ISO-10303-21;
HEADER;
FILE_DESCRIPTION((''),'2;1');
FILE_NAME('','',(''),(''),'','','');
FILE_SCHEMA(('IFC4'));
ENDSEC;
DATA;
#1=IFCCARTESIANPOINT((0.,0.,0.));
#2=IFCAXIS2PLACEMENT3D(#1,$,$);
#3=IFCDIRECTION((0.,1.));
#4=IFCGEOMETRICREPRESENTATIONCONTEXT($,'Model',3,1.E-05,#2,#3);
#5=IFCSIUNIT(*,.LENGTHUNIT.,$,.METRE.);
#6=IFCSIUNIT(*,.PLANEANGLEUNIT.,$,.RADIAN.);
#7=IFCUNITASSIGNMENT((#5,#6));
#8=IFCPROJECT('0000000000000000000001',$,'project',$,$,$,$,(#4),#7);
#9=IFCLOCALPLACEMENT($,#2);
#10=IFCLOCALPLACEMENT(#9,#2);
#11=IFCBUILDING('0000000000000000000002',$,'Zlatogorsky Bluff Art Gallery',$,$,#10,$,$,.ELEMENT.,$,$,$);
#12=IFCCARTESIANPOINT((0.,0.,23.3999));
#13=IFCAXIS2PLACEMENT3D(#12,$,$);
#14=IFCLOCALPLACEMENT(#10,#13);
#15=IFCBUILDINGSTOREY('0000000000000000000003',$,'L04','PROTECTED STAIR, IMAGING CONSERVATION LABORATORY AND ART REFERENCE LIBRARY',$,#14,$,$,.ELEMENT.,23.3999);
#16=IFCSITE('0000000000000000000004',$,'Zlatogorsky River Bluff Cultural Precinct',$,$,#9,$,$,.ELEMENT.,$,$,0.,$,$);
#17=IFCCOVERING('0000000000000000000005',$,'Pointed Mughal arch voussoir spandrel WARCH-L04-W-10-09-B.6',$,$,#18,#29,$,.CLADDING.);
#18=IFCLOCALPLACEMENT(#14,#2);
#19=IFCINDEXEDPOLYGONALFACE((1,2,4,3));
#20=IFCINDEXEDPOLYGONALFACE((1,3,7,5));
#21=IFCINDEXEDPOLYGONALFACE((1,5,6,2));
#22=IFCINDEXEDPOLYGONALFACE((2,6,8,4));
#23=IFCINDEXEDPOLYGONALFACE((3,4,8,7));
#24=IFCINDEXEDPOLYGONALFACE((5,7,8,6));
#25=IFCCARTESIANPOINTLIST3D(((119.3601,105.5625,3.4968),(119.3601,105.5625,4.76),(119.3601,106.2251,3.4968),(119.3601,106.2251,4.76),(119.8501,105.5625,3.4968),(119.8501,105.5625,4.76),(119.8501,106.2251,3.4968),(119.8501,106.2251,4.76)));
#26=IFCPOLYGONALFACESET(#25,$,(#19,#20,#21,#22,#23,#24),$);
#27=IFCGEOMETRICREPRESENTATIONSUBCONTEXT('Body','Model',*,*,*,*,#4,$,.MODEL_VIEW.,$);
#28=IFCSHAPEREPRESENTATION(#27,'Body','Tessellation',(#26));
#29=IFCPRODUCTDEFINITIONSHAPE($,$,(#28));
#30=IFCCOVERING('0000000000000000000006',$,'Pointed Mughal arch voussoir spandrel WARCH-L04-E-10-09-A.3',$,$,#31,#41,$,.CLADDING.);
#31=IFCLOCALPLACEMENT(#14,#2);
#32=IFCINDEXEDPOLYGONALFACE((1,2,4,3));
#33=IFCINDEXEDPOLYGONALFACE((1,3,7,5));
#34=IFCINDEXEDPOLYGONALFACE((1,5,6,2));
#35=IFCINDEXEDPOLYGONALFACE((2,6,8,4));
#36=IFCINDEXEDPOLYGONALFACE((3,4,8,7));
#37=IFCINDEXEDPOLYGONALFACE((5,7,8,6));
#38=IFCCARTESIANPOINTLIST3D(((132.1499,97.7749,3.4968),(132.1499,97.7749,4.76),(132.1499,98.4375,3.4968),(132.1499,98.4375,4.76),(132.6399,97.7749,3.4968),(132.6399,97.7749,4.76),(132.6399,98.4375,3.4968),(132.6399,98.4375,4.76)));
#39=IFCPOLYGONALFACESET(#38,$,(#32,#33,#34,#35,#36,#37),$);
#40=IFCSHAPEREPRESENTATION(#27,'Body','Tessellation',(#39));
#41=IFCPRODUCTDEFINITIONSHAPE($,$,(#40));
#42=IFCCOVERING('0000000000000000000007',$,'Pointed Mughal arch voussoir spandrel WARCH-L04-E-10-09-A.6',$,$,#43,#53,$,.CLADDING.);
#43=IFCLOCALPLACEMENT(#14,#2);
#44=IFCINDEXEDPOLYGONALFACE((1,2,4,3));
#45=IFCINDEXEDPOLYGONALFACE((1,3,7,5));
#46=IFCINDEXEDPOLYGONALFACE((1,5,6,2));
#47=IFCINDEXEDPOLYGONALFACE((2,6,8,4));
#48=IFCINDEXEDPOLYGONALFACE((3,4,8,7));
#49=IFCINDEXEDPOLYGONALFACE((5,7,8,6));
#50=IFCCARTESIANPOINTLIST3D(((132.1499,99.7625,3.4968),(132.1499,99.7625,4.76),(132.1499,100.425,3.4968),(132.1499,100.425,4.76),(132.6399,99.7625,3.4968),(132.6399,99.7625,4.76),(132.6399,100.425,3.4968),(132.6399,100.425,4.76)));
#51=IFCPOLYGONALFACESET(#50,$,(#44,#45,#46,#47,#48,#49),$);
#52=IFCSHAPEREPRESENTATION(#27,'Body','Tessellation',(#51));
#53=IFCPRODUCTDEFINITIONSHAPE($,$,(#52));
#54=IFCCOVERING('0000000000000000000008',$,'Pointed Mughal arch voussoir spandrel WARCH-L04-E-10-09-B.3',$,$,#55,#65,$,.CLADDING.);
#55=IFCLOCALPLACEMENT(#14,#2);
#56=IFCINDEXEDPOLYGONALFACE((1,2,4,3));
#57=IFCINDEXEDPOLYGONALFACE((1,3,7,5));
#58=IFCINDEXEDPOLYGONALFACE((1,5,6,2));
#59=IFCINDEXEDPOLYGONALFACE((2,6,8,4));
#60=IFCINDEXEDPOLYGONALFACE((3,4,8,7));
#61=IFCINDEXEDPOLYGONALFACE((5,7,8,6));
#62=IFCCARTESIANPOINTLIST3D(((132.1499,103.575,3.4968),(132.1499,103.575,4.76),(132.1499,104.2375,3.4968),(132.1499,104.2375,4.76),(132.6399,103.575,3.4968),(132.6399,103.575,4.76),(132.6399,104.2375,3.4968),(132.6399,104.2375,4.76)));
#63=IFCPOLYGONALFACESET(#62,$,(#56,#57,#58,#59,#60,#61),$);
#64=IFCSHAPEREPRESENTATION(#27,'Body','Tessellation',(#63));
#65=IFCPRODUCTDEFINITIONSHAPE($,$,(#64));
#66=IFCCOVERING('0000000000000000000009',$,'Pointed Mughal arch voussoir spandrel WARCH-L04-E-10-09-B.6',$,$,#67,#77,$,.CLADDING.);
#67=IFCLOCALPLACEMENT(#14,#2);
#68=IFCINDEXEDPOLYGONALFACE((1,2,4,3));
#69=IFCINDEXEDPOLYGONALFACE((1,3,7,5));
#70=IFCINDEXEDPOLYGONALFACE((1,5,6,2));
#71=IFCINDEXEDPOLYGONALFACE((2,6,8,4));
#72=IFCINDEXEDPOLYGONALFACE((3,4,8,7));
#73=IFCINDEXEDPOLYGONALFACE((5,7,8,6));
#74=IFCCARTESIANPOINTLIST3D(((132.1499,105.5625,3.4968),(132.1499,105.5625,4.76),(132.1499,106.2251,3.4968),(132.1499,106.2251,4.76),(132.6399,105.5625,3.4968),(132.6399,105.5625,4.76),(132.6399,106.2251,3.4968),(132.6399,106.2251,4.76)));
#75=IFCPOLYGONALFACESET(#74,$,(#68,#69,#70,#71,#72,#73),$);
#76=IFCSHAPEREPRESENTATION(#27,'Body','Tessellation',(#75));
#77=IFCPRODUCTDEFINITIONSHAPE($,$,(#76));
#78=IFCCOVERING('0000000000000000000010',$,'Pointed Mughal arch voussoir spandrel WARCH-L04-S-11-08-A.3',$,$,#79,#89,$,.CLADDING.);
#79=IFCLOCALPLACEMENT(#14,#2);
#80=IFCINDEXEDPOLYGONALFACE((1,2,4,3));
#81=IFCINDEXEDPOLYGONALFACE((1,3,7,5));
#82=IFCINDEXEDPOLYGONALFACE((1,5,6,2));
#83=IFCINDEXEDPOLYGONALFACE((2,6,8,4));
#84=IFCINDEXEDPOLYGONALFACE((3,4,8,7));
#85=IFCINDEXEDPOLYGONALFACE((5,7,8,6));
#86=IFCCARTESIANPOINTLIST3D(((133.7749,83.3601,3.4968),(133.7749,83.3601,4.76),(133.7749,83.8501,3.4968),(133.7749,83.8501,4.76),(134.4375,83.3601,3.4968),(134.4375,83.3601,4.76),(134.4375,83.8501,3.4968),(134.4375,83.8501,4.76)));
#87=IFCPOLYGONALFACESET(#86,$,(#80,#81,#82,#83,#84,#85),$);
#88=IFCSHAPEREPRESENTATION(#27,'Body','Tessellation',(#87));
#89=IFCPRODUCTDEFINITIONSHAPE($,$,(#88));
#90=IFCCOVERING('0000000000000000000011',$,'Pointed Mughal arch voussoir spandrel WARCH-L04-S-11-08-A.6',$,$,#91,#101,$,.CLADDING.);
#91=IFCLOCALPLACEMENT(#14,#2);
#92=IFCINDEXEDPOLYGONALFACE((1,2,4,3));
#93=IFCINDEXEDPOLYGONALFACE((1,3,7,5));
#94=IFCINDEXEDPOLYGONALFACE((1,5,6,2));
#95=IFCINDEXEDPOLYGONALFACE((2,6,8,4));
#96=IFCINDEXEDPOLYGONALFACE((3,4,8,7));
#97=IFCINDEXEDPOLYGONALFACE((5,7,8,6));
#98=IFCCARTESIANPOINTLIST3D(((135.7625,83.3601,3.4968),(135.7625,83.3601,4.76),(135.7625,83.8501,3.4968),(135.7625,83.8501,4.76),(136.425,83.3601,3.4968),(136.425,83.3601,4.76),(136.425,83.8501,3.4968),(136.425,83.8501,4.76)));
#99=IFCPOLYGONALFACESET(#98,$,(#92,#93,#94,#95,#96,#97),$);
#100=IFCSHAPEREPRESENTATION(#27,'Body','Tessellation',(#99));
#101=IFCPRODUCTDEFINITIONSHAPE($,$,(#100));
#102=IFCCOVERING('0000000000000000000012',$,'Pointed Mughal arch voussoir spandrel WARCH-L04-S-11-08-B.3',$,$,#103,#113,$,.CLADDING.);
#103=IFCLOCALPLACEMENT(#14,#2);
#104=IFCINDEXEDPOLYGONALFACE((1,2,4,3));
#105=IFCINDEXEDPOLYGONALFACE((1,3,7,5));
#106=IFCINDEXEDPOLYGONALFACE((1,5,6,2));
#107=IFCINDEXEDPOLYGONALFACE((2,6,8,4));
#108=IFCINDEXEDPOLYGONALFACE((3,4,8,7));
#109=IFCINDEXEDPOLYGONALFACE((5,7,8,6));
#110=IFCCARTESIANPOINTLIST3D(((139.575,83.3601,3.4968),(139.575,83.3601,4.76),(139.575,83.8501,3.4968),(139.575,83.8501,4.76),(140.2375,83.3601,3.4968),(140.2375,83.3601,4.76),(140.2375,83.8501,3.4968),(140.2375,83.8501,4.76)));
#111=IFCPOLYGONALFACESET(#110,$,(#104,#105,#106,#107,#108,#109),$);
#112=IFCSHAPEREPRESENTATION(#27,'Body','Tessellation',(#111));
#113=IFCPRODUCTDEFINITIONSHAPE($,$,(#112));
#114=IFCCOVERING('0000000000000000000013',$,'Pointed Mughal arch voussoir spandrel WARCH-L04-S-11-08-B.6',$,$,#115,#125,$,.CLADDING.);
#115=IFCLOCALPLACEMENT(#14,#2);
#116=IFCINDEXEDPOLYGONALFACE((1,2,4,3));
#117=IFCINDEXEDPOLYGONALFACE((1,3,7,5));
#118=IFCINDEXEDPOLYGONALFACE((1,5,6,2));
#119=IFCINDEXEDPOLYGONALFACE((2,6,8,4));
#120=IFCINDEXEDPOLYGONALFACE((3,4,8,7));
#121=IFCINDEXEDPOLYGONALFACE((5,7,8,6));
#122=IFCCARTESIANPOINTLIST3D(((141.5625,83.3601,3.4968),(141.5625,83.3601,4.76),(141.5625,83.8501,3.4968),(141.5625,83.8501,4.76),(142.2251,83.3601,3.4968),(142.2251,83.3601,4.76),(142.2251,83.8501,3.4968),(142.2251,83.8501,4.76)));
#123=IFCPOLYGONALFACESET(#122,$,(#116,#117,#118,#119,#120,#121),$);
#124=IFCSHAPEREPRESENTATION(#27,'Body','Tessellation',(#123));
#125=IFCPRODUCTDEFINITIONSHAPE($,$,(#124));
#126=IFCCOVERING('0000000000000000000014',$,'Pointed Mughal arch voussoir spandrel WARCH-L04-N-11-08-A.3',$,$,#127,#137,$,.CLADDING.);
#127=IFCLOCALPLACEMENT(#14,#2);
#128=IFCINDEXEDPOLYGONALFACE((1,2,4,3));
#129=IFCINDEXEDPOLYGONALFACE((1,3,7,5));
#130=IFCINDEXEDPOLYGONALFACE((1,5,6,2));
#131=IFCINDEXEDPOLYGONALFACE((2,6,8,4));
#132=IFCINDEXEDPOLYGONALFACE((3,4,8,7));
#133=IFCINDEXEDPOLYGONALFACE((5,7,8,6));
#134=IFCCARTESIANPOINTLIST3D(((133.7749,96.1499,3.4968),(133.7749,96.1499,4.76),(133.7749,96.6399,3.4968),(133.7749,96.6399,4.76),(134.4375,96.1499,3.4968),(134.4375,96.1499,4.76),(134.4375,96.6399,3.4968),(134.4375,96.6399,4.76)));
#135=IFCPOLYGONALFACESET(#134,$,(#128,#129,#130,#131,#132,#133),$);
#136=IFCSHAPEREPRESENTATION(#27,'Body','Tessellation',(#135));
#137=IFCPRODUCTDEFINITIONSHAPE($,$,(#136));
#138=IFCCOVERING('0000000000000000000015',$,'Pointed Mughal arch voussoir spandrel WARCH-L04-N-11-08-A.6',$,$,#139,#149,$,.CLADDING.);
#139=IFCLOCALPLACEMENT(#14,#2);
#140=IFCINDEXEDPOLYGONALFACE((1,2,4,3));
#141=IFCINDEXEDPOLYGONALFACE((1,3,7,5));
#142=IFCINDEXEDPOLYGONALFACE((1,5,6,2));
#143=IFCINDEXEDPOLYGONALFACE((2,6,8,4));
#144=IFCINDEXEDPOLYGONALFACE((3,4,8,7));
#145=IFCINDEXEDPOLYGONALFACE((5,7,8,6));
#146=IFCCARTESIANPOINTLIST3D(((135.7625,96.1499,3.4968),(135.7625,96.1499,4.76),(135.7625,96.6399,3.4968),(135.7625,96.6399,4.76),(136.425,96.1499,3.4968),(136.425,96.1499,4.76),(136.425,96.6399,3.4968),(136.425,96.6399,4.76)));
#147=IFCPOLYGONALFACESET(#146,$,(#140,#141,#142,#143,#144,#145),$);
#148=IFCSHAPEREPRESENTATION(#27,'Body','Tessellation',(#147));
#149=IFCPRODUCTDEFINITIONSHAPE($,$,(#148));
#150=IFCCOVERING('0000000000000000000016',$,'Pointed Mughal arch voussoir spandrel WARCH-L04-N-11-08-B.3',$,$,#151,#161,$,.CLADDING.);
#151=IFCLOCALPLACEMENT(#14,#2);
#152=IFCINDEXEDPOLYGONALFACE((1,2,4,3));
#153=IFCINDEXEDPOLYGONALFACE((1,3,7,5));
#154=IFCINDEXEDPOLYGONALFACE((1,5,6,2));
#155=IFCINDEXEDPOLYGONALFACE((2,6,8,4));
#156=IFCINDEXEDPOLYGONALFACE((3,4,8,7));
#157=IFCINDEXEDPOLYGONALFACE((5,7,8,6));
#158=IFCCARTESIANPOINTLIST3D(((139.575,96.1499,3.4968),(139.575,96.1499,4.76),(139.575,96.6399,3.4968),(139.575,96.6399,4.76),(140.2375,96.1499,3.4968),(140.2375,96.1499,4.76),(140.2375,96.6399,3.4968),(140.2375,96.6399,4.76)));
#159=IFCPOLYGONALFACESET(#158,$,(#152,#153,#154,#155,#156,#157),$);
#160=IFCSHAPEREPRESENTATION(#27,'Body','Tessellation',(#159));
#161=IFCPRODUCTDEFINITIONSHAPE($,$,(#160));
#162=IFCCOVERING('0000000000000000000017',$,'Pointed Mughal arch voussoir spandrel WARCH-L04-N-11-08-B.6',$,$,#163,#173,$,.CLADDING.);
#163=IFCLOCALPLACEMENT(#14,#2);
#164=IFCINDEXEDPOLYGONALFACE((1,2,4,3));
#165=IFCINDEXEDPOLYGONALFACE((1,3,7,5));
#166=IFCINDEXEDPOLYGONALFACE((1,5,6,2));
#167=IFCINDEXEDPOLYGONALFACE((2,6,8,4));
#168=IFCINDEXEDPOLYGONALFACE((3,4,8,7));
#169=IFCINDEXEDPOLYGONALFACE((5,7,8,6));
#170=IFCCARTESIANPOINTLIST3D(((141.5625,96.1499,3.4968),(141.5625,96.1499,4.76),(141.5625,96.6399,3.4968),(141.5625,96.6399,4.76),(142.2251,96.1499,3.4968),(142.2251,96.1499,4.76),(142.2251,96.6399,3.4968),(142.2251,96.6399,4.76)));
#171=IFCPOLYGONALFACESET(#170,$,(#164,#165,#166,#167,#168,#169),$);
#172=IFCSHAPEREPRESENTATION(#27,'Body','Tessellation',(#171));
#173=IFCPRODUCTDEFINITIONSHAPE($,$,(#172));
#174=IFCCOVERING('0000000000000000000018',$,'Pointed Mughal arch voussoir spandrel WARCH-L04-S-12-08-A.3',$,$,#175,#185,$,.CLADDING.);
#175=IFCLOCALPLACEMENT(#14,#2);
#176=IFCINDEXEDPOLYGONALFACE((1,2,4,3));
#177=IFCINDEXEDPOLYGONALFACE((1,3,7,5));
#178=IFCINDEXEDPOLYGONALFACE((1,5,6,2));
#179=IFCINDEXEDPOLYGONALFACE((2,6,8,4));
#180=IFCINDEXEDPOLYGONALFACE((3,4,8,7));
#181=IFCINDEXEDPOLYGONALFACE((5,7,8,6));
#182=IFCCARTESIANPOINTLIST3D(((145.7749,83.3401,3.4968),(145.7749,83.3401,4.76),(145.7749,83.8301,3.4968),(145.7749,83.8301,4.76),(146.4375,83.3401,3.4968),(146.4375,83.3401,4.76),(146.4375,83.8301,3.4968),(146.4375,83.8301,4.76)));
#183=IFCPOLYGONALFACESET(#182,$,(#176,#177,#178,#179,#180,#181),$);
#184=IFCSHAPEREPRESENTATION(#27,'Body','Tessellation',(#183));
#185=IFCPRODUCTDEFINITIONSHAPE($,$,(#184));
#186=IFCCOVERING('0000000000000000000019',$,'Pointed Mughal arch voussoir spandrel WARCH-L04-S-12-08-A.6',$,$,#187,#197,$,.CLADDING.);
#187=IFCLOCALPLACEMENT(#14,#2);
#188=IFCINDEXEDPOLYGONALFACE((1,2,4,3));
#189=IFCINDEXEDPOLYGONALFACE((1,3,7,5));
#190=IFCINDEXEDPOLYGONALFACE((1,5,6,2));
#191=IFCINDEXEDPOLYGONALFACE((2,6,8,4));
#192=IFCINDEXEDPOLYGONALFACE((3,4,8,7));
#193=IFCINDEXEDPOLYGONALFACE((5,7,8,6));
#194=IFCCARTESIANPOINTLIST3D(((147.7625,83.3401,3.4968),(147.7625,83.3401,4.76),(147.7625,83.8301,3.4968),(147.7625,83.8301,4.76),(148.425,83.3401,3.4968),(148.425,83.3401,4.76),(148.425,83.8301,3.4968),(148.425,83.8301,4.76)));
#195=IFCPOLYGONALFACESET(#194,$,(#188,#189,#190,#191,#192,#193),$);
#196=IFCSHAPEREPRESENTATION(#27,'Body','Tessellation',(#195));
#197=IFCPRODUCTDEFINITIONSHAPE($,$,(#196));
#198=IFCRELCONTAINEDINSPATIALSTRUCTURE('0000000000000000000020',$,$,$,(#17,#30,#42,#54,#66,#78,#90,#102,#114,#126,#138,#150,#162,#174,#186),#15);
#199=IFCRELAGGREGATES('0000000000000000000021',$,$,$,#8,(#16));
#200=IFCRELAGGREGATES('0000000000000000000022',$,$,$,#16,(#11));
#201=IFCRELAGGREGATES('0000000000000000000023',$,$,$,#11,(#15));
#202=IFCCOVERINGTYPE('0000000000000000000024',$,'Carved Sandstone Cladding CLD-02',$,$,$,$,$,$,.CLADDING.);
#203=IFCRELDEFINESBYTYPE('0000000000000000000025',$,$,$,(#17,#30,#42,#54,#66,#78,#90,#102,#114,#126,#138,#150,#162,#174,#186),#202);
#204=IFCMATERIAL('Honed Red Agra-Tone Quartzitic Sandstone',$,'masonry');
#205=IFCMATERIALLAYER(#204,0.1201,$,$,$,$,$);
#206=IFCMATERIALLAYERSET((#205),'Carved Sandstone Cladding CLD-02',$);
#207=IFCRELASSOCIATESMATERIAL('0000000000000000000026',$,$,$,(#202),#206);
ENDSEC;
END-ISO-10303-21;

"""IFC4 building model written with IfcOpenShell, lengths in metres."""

from ifc_helpers import new_model, si_unit, direction, frame, origin, place, context, subcontext, project, spatial, polyline, outline, extrude, material, layer, layer_set, type_object, element, save


model = new_model("IFC4")

# Units and contexts
model_context = context("Model", 3, precision=1e-05, world=origin(), true_north=direction((0.0, 1.0)))
body_context = subcontext(model_context, "Body", "Model", "MODEL_VIEW")
ifc_project = project(units=[si_unit("LENGTHUNIT", "METRE"), si_unit("PLANEANGLEUNIT", "RADIAN")], contexts=[model_context])

# Site, building, storey
site_placement = place(None, origin())
site = spatial("IfcSite", under=ifc_project, at=site_placement, Name="Zlatogorsky River Bluff Cultural Precinct", CompositionType="ELEMENT", RefElevation=0.0)
building_placement = place(site_placement, origin())
building = spatial("IfcBuilding", under=site, at=building_placement, Name="Zlatogorsky Bluff Art Gallery", CompositionType="ELEMENT")
storey_placement = place(building_placement, frame((0.0, 0.0, 23.3999)))
storey = spatial("IfcBuildingStorey", under=building, at=storey_placement, Name="L04", Description="PROTECTED STAIR, IMAGING CONSERVATION LABORATORY AND ART REFERENCE LIBRARY", CompositionType="ELEMENT", Elevation=23.3999)

# Coverings
ifc_material = material(Name="Honed Red Agra-Tone Quartzitic Sandstone", Category="masonry")
ifc_layer = layer(ifc_material, 0.1201)
ifc_layer_set = layer_set([ifc_layer], Name="Carved Sandstone Cladding CLD-02")
covering_type = type_object("IfcCoveringType", Name="Carved Sandstone Cladding CLD-02", PredefinedType="CLADDING", material=ifc_layer_set)
covering_1_placement = place(storey_placement, frame((0.0, 0.0, 3.4968)))
element("IfcCovering", 1, at=covering_1_placement, inside=storey, type_object=covering_type, Name="Pointed Mughal arch voussoir spandrel WARCH-L04-W-10-09-B.6", PredefinedType="CLADDING", context=body_context, shape_type="SweptSolid", body=[
    extrude(outline(polyline([(119.3601, 105.5625), (119.3601, 106.2251), (119.8501, 106.2251), (119.8501, 105.5625), (119.3601, 105.5625)])), origin(), (0.0, 0.0, 1.0), 1.2632),
])
covering_2_placement = place(storey_placement, frame((0.0, 0.0, 3.4968)))
element("IfcCovering", 2, at=covering_2_placement, inside=storey, type_object=covering_type, Name="Pointed Mughal arch voussoir spandrel WARCH-L04-E-10-09-A.3", PredefinedType="CLADDING", context=body_context, shape_type="SweptSolid", body=[
    extrude(outline(polyline([(132.1499, 97.7749), (132.1499, 98.4375), (132.6399, 98.4375), (132.6399, 97.7749), (132.1499, 97.7749)])), origin(), (0.0, 0.0, 1.0), 1.2632),
])
covering_3_placement = place(storey_placement, frame((0.0, 0.0, 3.4968)))
element("IfcCovering", 3, at=covering_3_placement, inside=storey, type_object=covering_type, Name="Pointed Mughal arch voussoir spandrel WARCH-L04-E-10-09-A.6", PredefinedType="CLADDING", context=body_context, shape_type="SweptSolid", body=[
    extrude(outline(polyline([(132.1499, 99.7625), (132.1499, 100.425), (132.6399, 100.425), (132.6399, 99.7625), (132.1499, 99.7625)])), origin(), (0.0, 0.0, 1.0), 1.2632),
])
covering_4_placement = place(storey_placement, frame((0.0, 0.0, 3.4968)))
element("IfcCovering", 4, at=covering_4_placement, inside=storey, type_object=covering_type, Name="Pointed Mughal arch voussoir spandrel WARCH-L04-E-10-09-B.3", PredefinedType="CLADDING", context=body_context, shape_type="SweptSolid", body=[
    extrude(outline(polyline([(132.1499, 103.575), (132.1499, 104.2375), (132.6399, 104.2375), (132.6399, 103.575), (132.1499, 103.575)])), origin(), (0.0, 0.0, 1.0), 1.2632),
])
covering_5_placement = place(storey_placement, frame((0.0, 0.0, 3.4968)))
element("IfcCovering", 5, at=covering_5_placement, inside=storey, type_object=covering_type, Name="Pointed Mughal arch voussoir spandrel WARCH-L04-E-10-09-B.6", PredefinedType="CLADDING", context=body_context, shape_type="SweptSolid", body=[
    extrude(outline(polyline([(132.1499, 105.5625), (132.1499, 106.2251), (132.6399, 106.2251), (132.6399, 105.5625), (132.1499, 105.5625)])), origin(), (0.0, 0.0, 1.0), 1.2632),
])
covering_6_placement = place(storey_placement, frame((0.0, 0.0, 3.4968)))
element("IfcCovering", 6, at=covering_6_placement, inside=storey, type_object=covering_type, Name="Pointed Mughal arch voussoir spandrel WARCH-L04-S-11-08-A.3", PredefinedType="CLADDING", context=body_context, shape_type="SweptSolid", body=[
    extrude(outline(polyline([(133.7749, 83.3601), (134.4375, 83.3601), (134.4375, 83.8501), (133.7749, 83.8501), (133.7749, 83.3601)])), origin(), (0.0, 0.0, 1.0), 1.2632),
])
covering_7_placement = place(storey_placement, frame((0.0, 0.0, 3.4968)))
element("IfcCovering", 7, at=covering_7_placement, inside=storey, type_object=covering_type, Name="Pointed Mughal arch voussoir spandrel WARCH-L04-S-11-08-A.6", PredefinedType="CLADDING", context=body_context, shape_type="SweptSolid", body=[
    extrude(outline(polyline([(135.7625, 83.3601), (136.425, 83.3601), (136.425, 83.8501), (135.7625, 83.8501), (135.7625, 83.3601)])), origin(), (0.0, 0.0, 1.0), 1.2632),
])
covering_8_placement = place(storey_placement, frame((0.0, 0.0, 3.4968)))
element("IfcCovering", 8, at=covering_8_placement, inside=storey, type_object=covering_type, Name="Pointed Mughal arch voussoir spandrel WARCH-L04-S-11-08-B.3", PredefinedType="CLADDING", context=body_context, shape_type="SweptSolid", body=[
    extrude(outline(polyline([(139.575, 83.3601), (140.2375, 83.3601), (140.2375, 83.8501), (139.575, 83.8501), (139.575, 83.3601)])), origin(), (0.0, 0.0, 1.0), 1.2632),
])
covering_9_placement = place(storey_placement, frame((0.0, 0.0, 3.4968)))
element("IfcCovering", 9, at=covering_9_placement, inside=storey, type_object=covering_type, Name="Pointed Mughal arch voussoir spandrel WARCH-L04-S-11-08-B.6", PredefinedType="CLADDING", context=body_context, shape_type="SweptSolid", body=[
    extrude(outline(polyline([(141.5625, 83.3601), (142.2251, 83.3601), (142.2251, 83.8501), (141.5625, 83.8501), (141.5625, 83.3601)])), origin(), (0.0, 0.0, 1.0), 1.2632),
])
covering_10_placement = place(storey_placement, frame((0.0, 0.0, 3.4968)))
element("IfcCovering", 10, at=covering_10_placement, inside=storey, type_object=covering_type, Name="Pointed Mughal arch voussoir spandrel WARCH-L04-N-11-08-A.3", PredefinedType="CLADDING", context=body_context, shape_type="SweptSolid", body=[
    extrude(outline(polyline([(133.7749, 96.1499), (134.4375, 96.1499), (134.4375, 96.6399), (133.7749, 96.6399), (133.7749, 96.1499)])), origin(), (0.0, 0.0, 1.0), 1.2632),
])
covering_11_placement = place(storey_placement, frame((0.0, 0.0, 3.4968)))
element("IfcCovering", 11, at=covering_11_placement, inside=storey, type_object=covering_type, Name="Pointed Mughal arch voussoir spandrel WARCH-L04-N-11-08-A.6", PredefinedType="CLADDING", context=body_context, shape_type="SweptSolid", body=[
    extrude(outline(polyline([(135.7625, 96.1499), (136.425, 96.1499), (136.425, 96.6399), (135.7625, 96.6399), (135.7625, 96.1499)])), origin(), (0.0, 0.0, 1.0), 1.2632),
])
covering_12_placement = place(storey_placement, frame((0.0, 0.0, 3.4968)))
element("IfcCovering", 12, at=covering_12_placement, inside=storey, type_object=covering_type, Name="Pointed Mughal arch voussoir spandrel WARCH-L04-N-11-08-B.3", PredefinedType="CLADDING", context=body_context, shape_type="SweptSolid", body=[
    extrude(outline(polyline([(139.575, 96.1499), (140.2375, 96.1499), (140.2375, 96.6399), (139.575, 96.6399), (139.575, 96.1499)])), origin(), (0.0, 0.0, 1.0), 1.2632),
])
covering_13_placement = place(storey_placement, frame((0.0, 0.0, 3.4968)))
element("IfcCovering", 13, at=covering_13_placement, inside=storey, type_object=covering_type, Name="Pointed Mughal arch voussoir spandrel WARCH-L04-N-11-08-B.6", PredefinedType="CLADDING", context=body_context, shape_type="SweptSolid", body=[
    extrude(outline(polyline([(141.5625, 96.1499), (142.2251, 96.1499), (142.2251, 96.6399), (141.5625, 96.6399), (141.5625, 96.1499)])), origin(), (0.0, 0.0, 1.0), 1.2632),
])
covering_14_placement = place(storey_placement, frame((0.0, 0.0, 3.4968)))
element("IfcCovering", 14, at=covering_14_placement, inside=storey, type_object=covering_type, Name="Pointed Mughal arch voussoir spandrel WARCH-L04-S-12-08-A.3", PredefinedType="CLADDING", context=body_context, shape_type="SweptSolid", body=[
    extrude(outline(polyline([(145.7749, 83.3401), (146.4375, 83.3401), (146.4375, 83.8301), (145.7749, 83.8301), (145.7749, 83.3401)])), origin(), (0.0, 0.0, 1.0), 1.2632),
])
covering_15_placement = place(storey_placement, frame((0.0, 0.0, 3.4968)))
element("IfcCovering", 15, at=covering_15_placement, inside=storey, type_object=covering_type, Name="Pointed Mughal arch voussoir spandrel WARCH-L04-S-12-08-A.6", PredefinedType="CLADDING", context=body_context, shape_type="SweptSolid", body=[
    extrude(outline(polyline([(147.7625, 83.3401), (148.425, 83.3401), (148.425, 83.8301), (147.7625, 83.8301), (147.7625, 83.3401)])), origin(), (0.0, 0.0, 1.0), 1.2632),
])

save(model, "model.ifc")
